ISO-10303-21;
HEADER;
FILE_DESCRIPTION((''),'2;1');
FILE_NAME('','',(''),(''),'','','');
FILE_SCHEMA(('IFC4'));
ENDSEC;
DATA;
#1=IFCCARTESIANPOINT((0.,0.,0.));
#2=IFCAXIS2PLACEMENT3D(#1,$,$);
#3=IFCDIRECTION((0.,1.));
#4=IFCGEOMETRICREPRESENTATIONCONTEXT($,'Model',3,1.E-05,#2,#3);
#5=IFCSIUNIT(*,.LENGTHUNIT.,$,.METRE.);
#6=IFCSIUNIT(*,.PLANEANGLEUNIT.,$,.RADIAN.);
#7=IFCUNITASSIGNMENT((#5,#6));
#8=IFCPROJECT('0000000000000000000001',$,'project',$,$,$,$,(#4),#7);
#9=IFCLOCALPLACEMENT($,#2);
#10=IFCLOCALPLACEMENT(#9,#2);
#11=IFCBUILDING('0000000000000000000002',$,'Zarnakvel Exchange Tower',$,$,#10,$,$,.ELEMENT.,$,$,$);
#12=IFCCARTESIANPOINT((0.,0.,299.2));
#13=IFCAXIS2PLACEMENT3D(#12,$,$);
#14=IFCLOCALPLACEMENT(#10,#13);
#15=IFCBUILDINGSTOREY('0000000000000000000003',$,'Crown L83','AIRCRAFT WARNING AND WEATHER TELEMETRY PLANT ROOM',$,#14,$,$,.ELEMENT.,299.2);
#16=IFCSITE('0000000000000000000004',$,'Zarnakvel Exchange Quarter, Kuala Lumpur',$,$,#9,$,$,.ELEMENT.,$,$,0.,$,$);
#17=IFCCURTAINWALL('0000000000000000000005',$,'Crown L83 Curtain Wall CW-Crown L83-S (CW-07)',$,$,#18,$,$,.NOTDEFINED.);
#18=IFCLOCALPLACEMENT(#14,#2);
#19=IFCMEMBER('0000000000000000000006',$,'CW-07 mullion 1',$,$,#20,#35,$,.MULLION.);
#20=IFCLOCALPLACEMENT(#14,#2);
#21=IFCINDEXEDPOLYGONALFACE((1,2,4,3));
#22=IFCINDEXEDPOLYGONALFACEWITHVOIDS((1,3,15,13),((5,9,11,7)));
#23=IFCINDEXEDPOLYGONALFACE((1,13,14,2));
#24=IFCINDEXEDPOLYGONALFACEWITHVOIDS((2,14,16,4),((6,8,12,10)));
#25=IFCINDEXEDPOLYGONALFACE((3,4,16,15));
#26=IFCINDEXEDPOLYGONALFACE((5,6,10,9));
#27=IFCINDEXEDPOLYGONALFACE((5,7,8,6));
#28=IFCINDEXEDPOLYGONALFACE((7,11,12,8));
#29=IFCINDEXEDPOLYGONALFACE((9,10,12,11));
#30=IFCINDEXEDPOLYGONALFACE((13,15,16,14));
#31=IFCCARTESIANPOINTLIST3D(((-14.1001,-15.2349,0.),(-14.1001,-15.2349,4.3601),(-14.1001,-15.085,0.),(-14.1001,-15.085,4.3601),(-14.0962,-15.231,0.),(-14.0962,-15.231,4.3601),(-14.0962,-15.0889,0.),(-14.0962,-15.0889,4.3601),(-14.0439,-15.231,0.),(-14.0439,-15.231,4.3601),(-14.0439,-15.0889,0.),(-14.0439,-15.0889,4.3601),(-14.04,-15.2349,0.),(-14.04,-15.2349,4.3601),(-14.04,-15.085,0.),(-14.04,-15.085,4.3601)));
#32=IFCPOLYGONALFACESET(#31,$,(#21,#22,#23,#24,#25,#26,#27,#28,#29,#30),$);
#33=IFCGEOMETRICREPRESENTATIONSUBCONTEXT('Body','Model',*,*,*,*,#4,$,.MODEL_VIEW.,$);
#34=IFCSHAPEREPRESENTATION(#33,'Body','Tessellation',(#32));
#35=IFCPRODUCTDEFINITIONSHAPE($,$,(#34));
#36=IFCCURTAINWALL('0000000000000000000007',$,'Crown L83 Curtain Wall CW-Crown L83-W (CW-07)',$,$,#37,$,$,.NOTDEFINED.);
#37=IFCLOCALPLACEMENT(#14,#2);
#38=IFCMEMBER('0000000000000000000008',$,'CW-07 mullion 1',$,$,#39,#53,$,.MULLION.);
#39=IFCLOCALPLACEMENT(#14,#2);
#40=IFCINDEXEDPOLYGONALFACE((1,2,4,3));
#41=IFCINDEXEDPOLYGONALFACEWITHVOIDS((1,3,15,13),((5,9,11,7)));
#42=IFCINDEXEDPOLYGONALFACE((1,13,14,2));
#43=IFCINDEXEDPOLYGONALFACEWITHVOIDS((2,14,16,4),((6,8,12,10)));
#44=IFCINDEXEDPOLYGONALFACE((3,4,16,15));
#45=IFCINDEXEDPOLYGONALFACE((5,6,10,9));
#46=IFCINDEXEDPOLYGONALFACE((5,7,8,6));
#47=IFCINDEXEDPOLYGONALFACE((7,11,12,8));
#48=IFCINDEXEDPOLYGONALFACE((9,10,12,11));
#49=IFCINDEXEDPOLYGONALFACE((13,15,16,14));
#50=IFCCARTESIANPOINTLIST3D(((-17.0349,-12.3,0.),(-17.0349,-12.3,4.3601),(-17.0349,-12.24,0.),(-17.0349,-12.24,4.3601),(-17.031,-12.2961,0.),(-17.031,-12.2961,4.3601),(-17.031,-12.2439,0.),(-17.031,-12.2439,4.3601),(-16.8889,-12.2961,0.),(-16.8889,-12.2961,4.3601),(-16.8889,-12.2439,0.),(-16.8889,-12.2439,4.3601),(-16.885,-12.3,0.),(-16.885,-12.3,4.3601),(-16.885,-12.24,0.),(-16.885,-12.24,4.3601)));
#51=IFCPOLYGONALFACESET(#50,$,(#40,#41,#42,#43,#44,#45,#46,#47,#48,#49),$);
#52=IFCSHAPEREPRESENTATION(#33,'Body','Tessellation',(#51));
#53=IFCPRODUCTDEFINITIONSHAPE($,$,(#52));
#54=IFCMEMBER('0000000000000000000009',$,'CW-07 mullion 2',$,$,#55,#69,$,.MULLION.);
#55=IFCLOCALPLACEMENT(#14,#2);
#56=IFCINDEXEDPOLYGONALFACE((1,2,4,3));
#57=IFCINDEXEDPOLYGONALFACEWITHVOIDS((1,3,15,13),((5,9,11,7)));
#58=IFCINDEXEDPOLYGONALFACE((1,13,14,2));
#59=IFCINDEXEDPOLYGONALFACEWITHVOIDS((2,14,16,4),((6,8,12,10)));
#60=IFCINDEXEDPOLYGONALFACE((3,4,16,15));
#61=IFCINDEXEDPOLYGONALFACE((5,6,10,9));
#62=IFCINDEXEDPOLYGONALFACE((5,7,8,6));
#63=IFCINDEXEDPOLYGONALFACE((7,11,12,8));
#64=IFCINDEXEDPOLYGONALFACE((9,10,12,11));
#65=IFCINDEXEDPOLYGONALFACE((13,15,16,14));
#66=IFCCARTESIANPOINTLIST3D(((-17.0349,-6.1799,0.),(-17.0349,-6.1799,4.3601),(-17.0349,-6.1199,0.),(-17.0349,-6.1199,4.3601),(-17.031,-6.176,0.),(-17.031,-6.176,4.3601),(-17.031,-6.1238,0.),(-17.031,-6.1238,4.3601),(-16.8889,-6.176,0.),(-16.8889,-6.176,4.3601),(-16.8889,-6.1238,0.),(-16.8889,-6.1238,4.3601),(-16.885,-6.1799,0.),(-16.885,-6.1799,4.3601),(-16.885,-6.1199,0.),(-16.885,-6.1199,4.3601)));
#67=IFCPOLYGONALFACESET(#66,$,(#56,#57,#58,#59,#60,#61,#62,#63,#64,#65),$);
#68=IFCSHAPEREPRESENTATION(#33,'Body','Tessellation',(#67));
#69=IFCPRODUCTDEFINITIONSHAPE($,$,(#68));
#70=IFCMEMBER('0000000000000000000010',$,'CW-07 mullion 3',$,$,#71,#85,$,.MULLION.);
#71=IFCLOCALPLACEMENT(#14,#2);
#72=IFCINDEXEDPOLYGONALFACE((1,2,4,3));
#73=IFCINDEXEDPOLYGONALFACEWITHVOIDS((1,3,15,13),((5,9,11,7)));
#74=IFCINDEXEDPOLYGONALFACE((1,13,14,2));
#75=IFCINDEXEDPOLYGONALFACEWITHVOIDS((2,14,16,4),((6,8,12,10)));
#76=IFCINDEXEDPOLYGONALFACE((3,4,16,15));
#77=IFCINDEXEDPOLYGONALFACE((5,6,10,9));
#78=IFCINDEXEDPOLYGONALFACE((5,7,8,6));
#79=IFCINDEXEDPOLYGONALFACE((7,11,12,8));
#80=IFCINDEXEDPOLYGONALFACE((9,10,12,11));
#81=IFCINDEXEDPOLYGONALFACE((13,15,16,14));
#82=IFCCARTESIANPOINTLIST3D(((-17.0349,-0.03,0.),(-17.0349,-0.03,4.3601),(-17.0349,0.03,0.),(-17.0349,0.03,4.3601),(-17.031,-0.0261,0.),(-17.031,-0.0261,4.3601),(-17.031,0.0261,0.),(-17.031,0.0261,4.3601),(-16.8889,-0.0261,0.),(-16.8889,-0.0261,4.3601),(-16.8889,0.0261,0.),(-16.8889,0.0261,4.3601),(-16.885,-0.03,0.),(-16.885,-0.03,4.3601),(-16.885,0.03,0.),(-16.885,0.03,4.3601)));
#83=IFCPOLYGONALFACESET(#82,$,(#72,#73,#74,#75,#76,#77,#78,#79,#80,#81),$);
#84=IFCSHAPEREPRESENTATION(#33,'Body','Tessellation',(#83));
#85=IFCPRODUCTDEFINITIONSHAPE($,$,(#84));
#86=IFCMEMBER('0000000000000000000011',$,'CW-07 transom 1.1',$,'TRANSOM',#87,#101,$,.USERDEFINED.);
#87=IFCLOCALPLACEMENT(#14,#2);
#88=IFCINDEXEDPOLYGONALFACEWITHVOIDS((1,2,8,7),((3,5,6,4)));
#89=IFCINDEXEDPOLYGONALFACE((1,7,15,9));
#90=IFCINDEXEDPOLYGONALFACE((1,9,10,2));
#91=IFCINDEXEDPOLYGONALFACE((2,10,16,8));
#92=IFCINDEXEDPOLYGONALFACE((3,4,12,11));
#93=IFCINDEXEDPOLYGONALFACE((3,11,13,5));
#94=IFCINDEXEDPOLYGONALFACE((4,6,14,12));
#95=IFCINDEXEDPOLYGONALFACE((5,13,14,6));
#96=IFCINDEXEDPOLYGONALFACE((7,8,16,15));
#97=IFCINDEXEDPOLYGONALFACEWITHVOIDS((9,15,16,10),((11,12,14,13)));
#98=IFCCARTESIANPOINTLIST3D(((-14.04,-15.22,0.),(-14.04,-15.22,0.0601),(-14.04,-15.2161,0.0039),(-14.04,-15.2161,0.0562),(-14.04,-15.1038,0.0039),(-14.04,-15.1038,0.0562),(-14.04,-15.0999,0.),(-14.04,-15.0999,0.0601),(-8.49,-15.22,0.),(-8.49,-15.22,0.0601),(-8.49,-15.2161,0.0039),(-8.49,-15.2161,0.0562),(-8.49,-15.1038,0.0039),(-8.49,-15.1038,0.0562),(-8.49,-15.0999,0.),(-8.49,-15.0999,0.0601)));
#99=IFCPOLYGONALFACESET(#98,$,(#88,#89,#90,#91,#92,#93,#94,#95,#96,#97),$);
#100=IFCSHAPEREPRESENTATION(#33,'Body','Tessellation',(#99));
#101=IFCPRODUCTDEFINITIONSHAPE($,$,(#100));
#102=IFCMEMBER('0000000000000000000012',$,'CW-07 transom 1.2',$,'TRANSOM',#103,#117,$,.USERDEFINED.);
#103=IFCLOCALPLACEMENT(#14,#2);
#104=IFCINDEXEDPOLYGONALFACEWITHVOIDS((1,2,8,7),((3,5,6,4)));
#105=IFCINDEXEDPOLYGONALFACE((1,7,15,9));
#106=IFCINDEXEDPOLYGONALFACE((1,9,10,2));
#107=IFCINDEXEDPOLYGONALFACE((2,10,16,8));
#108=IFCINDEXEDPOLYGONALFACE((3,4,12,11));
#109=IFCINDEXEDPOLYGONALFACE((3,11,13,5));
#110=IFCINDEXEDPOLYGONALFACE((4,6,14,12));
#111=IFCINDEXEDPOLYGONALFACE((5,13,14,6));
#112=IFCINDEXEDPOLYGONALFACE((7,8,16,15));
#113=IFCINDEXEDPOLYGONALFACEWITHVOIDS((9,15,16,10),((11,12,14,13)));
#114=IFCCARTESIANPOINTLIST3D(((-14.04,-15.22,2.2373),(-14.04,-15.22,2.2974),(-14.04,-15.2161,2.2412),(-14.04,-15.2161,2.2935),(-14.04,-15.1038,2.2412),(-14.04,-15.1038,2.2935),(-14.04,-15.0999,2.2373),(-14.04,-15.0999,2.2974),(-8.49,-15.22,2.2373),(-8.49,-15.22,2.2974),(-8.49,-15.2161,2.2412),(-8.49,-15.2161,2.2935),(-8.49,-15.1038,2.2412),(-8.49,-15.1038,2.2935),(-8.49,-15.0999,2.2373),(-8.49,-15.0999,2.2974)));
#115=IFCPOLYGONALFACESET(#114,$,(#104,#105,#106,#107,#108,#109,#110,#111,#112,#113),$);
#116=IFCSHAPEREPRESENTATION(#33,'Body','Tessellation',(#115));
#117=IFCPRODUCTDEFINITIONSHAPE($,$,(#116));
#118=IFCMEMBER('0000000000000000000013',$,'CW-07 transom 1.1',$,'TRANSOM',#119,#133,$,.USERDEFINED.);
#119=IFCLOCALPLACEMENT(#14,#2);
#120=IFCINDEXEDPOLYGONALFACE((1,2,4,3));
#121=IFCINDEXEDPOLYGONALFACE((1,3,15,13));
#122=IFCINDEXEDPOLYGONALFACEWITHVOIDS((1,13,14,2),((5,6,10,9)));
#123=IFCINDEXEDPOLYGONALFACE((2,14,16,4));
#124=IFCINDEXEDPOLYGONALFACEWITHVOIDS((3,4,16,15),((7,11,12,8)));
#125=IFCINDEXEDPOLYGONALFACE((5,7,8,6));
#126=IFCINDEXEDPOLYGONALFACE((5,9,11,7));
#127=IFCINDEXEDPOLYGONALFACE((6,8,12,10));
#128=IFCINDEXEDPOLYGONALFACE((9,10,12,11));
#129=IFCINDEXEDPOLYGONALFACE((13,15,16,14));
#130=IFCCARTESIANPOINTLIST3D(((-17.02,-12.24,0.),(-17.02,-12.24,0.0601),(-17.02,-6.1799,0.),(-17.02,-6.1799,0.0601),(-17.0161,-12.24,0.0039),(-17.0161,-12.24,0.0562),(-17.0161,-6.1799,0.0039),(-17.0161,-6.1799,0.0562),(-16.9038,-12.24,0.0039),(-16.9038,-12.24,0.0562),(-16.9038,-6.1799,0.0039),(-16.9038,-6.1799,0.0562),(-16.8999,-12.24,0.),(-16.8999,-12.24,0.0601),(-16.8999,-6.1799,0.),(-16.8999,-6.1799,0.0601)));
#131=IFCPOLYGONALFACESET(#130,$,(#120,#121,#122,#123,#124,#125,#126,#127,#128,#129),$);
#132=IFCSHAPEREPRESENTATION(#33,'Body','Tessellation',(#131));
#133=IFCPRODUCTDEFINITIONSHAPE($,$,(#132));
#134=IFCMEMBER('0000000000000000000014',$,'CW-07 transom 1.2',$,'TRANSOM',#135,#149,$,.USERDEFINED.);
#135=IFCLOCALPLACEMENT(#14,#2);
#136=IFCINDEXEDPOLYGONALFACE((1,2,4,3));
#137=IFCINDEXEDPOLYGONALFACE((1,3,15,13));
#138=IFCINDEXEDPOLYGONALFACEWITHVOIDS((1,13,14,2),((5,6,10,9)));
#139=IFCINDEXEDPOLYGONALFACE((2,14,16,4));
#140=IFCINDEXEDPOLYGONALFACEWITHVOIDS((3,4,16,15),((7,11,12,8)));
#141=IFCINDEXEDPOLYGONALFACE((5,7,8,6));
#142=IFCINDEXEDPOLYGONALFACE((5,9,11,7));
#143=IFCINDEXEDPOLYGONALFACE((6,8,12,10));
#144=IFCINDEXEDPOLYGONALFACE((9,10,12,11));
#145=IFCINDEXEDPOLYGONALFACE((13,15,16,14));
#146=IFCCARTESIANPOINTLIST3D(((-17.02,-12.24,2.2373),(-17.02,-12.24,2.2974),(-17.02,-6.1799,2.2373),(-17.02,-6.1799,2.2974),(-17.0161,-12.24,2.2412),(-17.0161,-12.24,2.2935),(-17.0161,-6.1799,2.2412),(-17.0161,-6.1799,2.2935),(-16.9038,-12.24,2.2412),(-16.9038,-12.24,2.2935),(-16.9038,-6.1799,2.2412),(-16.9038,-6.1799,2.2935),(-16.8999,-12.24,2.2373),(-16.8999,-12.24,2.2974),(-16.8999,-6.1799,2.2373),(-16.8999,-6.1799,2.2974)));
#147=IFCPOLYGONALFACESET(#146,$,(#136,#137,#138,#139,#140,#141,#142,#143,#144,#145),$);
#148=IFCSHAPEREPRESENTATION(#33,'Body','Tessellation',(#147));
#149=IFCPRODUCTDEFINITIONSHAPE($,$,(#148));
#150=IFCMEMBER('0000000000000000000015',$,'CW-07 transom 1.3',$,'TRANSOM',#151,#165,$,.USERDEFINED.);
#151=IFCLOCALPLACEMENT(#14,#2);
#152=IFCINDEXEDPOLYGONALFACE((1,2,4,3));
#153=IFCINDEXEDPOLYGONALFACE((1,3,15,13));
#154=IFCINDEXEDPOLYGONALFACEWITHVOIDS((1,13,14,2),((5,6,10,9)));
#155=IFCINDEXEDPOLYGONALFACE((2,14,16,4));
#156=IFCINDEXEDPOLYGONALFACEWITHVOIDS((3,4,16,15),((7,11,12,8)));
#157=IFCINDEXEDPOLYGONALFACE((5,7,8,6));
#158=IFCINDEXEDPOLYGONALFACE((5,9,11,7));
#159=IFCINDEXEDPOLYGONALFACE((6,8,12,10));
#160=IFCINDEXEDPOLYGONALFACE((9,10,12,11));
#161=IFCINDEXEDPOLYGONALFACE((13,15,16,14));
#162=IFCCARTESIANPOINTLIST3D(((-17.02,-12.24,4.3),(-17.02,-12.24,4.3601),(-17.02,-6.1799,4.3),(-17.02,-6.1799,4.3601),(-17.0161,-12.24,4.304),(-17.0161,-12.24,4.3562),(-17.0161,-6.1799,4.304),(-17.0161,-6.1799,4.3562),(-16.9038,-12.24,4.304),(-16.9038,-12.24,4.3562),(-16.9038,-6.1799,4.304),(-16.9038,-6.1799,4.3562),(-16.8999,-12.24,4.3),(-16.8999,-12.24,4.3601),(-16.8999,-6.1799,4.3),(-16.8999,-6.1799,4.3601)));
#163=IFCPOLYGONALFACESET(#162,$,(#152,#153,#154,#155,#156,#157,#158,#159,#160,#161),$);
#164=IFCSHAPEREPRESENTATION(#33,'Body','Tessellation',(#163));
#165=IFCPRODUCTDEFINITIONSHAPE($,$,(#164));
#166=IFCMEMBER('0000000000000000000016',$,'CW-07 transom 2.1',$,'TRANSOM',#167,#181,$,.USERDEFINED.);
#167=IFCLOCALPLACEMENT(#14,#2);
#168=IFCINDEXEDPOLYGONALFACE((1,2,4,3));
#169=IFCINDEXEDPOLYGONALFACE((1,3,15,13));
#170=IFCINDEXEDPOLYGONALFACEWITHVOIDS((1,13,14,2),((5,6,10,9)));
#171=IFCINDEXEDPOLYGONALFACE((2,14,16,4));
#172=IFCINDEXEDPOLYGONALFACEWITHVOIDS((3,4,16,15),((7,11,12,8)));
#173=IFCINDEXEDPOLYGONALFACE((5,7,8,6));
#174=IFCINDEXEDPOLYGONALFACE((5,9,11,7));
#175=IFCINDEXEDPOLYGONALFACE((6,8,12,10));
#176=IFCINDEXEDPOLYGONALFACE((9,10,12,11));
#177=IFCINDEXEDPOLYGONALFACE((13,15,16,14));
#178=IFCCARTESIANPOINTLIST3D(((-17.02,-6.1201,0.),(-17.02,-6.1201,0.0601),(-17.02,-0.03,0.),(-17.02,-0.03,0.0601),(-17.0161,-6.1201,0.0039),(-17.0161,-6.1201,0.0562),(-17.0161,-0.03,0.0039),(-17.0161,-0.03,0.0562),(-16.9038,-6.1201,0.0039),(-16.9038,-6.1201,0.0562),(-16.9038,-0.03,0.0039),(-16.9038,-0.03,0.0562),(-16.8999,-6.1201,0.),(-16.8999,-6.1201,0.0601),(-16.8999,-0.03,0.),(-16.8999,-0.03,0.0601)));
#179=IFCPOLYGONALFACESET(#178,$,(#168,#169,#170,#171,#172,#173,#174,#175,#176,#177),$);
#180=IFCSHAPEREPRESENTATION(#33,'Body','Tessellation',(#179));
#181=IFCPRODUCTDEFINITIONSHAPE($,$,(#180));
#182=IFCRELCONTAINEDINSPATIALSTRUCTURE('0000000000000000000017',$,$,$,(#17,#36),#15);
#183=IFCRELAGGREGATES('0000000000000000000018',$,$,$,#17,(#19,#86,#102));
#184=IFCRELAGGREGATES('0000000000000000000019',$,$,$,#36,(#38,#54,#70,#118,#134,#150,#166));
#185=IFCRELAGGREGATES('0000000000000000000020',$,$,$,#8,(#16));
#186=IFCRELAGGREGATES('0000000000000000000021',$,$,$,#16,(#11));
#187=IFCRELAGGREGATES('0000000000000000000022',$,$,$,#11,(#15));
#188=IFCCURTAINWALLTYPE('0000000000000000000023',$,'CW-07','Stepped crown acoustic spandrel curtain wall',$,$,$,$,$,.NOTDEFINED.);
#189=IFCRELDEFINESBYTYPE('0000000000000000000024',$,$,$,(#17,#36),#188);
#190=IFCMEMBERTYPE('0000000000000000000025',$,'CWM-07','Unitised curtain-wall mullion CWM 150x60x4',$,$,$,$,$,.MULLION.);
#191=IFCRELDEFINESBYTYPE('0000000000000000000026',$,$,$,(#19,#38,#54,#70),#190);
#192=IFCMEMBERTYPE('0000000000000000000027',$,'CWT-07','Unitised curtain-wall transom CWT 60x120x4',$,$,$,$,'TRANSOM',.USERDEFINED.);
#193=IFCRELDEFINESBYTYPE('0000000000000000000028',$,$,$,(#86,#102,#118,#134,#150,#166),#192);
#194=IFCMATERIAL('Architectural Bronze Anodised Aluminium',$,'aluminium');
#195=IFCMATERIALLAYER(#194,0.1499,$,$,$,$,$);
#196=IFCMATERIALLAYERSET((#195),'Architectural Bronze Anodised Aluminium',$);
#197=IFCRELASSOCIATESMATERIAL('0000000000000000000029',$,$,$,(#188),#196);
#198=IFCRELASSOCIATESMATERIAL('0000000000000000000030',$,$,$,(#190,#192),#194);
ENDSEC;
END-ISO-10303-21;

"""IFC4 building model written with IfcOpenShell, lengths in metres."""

from ifc_helpers import new_model, si_unit, direction, frame, origin, origin_2d, place, context, subcontext, project, spatial, hollow_rectangle, extrude, source, transform, mapped, material, layer, layer_set, material_profile, profile_set, type_object, element, aggregate, save


model = new_model("IFC4")

# Units and contexts
model_context = context("Model", 3, precision=1e-05, world=origin(), true_north=direction((0.0, 1.0)))
body_context = subcontext(model_context, "Body", "Model", "MODEL_VIEW")
ifc_project = project(units=[si_unit("LENGTHUNIT", "METRE"), si_unit("PLANEANGLEUNIT", "RADIAN")], contexts=[model_context])

# Site, building, storey
site_placement = place(None, origin())
site = spatial("IfcSite", under=ifc_project, at=site_placement, Name="Zarnakvel Exchange Quarter, Kuala Lumpur", CompositionType="ELEMENT", RefElevation=0.0)
building_placement = place(site_placement, origin())
building = spatial("IfcBuilding", under=site, at=building_placement, Name="Zarnakvel Exchange Tower", CompositionType="ELEMENT")
storey_placement = place(building_placement, frame((0.0, 0.0, 299.2)))
storey = spatial("IfcBuildingStorey", under=building, at=storey_placement, Name="Crown L83", Description="AIRCRAFT WARNING AND WEATHER TELEMETRY PLANT ROOM", CompositionType="ELEMENT", Elevation=299.2)

# Curtain wall, member
ifc_material_1 = material(Name="Architectural Bronze Anodised Aluminium", Category="aluminium")
ifc_layer_1 = layer(ifc_material_1, 0.1499)
ifc_layer_set_1 = layer_set([ifc_layer_1], Name="Architectural Bronze Anodised Aluminium")
curtain_wall_type = type_object("IfcCurtainWallType", Name="CW-07", Description="Stepped crown acoustic spandrel curtain wall", PredefinedType="NOTDEFINED", material=ifc_layer_set_1)
curtain_wall_1_placement = place(storey_placement, origin())
curtain_wall_1 = element("IfcCurtainWall", 1, at=curtain_wall_1_placement, inside=storey, type_object=curtain_wall_type, Name="Crown L83 Curtain Wall CW-Crown L83-S (CW-07)", PredefinedType="NOTDEFINED")
ifc_material_profile_1 = material_profile(ifc_material_1, hollow_rectangle(XDim=0.1499, YDim=0.0601, WallThickness=0.0039, at=origin_2d()))
ifc_profile_set_1 = profile_set([ifc_material_profile_1], Name="Architectural Bronze Anodised Aluminium")
member_type_1 = type_object("IfcMemberType", Name="CWM-07", Description="Unitised curtain-wall mullion CWM 150x60x4", PredefinedType="MULLION", material=ifc_profile_set_1)
shared_shape_1 = source(origin(), body_context, "Body", "SweptSolid", [
    extrude(hollow_rectangle(XDim=0.1499, YDim=0.0601, WallThickness=0.0039, at=origin_2d()), origin(), (0.0, 0.0, 1.0), 4.3601),
])
member_1_placement = place(storey_placement, frame((-14.0701, -15.1599, 0.0), z_axis=(0.0, 0.0, 1.0), x_axis=(0.0, 1.0, 0.0)))
member_1 = element("IfcMember", 2, at=member_1_placement, type_object=member_type_1, Name="CW-07 mullion 1", PredefinedType="MULLION", context=body_context, shape_type="MappedRepresentation", body=[
    mapped(shared_shape_1, transform((0.0, 0.0, 0.0), x_axis=(1.0, 0.0, 0.0), y_axis=(0.0, 1.0, 0.0), z_axis=(0.0, 0.0, 1.0), scale=1.0)),
])

# Curtain wall, members
curtain_wall_2_placement = place(storey_placement, origin())
curtain_wall_2 = element("IfcCurtainWall", 3, at=curtain_wall_2_placement, inside=storey, type_object=curtain_wall_type, Name="Crown L83 Curtain Wall CW-Crown L83-W (CW-07)", PredefinedType="NOTDEFINED")
member_2_placement = place(storey_placement, frame((-16.96, -12.27, 0.0), z_axis=(0.0, 0.0, 1.0), x_axis=(-1.0, 0.0, 0.0)))
member_2 = element("IfcMember", 4, at=member_2_placement, type_object=member_type_1, Name="CW-07 mullion 1", PredefinedType="MULLION", context=body_context, shape_type="MappedRepresentation", body=[
    mapped(shared_shape_1, transform((0.0, 0.0, 0.0), x_axis=(1.0, 0.0, 0.0), y_axis=(0.0, 1.0, 0.0), z_axis=(0.0, 0.0, 1.0), scale=1.0)),
])
member_3_placement = place(storey_placement, frame((-16.96, -6.1499, 0.0), z_axis=(0.0, 0.0, 1.0), x_axis=(-1.0, 0.0, 0.0)))
member_3 = element("IfcMember", 5, at=member_3_placement, type_object=member_type_1, Name="CW-07 mullion 2", PredefinedType="MULLION", context=body_context, shape_type="MappedRepresentation", body=[
    mapped(shared_shape_1, transform((0.0, 0.0, 0.0), x_axis=(1.0, 0.0, 0.0), y_axis=(0.0, 1.0, 0.0), z_axis=(0.0, 0.0, 1.0), scale=1.0)),
])
member_4_placement = place(storey_placement, frame((-16.96, 0.0, 0.0), z_axis=(0.0, 0.0, 1.0), x_axis=(-1.0, 0.0, 0.0)))
member_4 = element("IfcMember", 6, at=member_4_placement, type_object=member_type_1, Name="CW-07 mullion 3", PredefinedType="MULLION", context=body_context, shape_type="MappedRepresentation", body=[
    mapped(shared_shape_1, transform((0.0, 0.0, 0.0), x_axis=(1.0, 0.0, 0.0), y_axis=(0.0, 1.0, 0.0), z_axis=(0.0, 0.0, 1.0), scale=1.0)),
])

# Members
ifc_material_profile_2 = material_profile(ifc_material_1, hollow_rectangle(XDim=0.1201, YDim=0.0601, WallThickness=0.0039, at=origin_2d()))
ifc_profile_set_2 = profile_set([ifc_material_profile_2], Name="Architectural Bronze Anodised Aluminium")
member_type_2 = type_object("IfcMemberType", Name="CWT-07", Description="Unitised curtain-wall transom CWT 60x120x4", ElementType="TRANSOM", PredefinedType="USERDEFINED", material=ifc_profile_set_2)
shared_shape_2 = source(origin(), body_context, "Body", "SweptSolid", [
    extrude(hollow_rectangle(XDim=0.1201, YDim=0.0601, WallThickness=0.0039, at=origin_2d()), origin(), (0.0, 0.0, 1.0), 5.55),
])
member_5_placement = place(storey_placement, frame((-14.04, -15.1599, 0.03), z_axis=(1.0, 0.0, 0.0), x_axis=(0.0, 1.0, 0.0)))
member_5 = element("IfcMember", 7, at=member_5_placement, type_object=member_type_2, Name="CW-07 transom 1.1", ObjectType="TRANSOM", PredefinedType="USERDEFINED", context=body_context, shape_type="MappedRepresentation", body=[
    mapped(shared_shape_2, transform((0.0, 0.0, 0.0), x_axis=(1.0, 0.0, 0.0), y_axis=(0.0, 1.0, 0.0), z_axis=(0.0, 0.0, 1.0), scale=1.0)),
])
member_6_placement = place(storey_placement, frame((-14.04, -15.1599, 2.2673), z_axis=(1.0, 0.0, 0.0), x_axis=(0.0, 1.0, 0.0)))
member_6 = element("IfcMember", 8, at=member_6_placement, type_object=member_type_2, Name="CW-07 transom 1.2", ObjectType="TRANSOM", PredefinedType="USERDEFINED", context=body_context, shape_type="MappedRepresentation", body=[
    mapped(shared_shape_2, transform((0.0, 0.0, 0.0), x_axis=(1.0, 0.0, 0.0), y_axis=(0.0, 1.0, 0.0), z_axis=(0.0, 0.0, 1.0), scale=1.0)),
])
aggregate(curtain_wall_1, [member_1, member_5, member_6])
shared_shape_3 = source(origin(), body_context, "Body", "SweptSolid", [
    extrude(hollow_rectangle(XDim=0.1201, YDim=0.0601, WallThickness=0.0039, at=origin_2d()), origin(), (0.0, 0.0, 1.0), 6.0601),
])
member_7_placement = place(storey_placement, frame((-16.96, -12.24, 0.03), z_axis=(0.0, 1.0, 0.0), x_axis=(-1.0, 0.0, 0.0)))
member_7 = element("IfcMember", 9, at=member_7_placement, type_object=member_type_2, Name="CW-07 transom 1.1", ObjectType="TRANSOM", PredefinedType="USERDEFINED", context=body_context, shape_type="MappedRepresentation", body=[
    mapped(shared_shape_3, transform((0.0, 0.0, 0.0), x_axis=(1.0, 0.0, 0.0), y_axis=(0.0, 1.0, 0.0), z_axis=(0.0, 0.0, 1.0), scale=1.0)),
])
member_8_placement = place(storey_placement, frame((-16.96, -12.24, 2.2673), z_axis=(0.0, 1.0, 0.0), x_axis=(-1.0, 0.0, 0.0)))
member_8 = element("IfcMember", 10, at=member_8_placement, type_object=member_type_2, Name="CW-07 transom 1.2", ObjectType="TRANSOM", PredefinedType="USERDEFINED", context=body_context, shape_type="MappedRepresentation", body=[
    mapped(shared_shape_3, transform((0.0, 0.0, 0.0), x_axis=(1.0, 0.0, 0.0), y_axis=(0.0, 1.0, 0.0), z_axis=(0.0, 0.0, 1.0), scale=1.0)),
])
member_9_placement = place(storey_placement, frame((-16.96, -12.24, 4.3301), z_axis=(0.0, 1.0, 0.0), x_axis=(-1.0, 0.0, 0.0)))
member_9 = element("IfcMember", 11, at=member_9_placement, type_object=member_type_2, Name="CW-07 transom 1.3", ObjectType="TRANSOM", PredefinedType="USERDEFINED", context=body_context, shape_type="MappedRepresentation", body=[
    mapped(shared_shape_3, transform((0.0, 0.0, 0.0), x_axis=(1.0, 0.0, 0.0), y_axis=(0.0, 1.0, 0.0), z_axis=(0.0, 0.0, 1.0), scale=1.0)),
])
shared_shape_4 = source(origin(), body_context, "Body", "SweptSolid", [
    extrude(hollow_rectangle(XDim=0.1201, YDim=0.0601, WallThickness=0.0039, at=origin_2d()), origin(), (0.0, 0.0, 1.0), 6.0901),
])
member_10_placement = place(storey_placement, frame((-16.96, -6.1201, 0.03), z_axis=(0.0, 1.0, 0.0), x_axis=(-1.0, 0.0, 0.0)))
member_10 = element("IfcMember", 12, at=member_10_placement, type_object=member_type_2, Name="CW-07 transom 2.1", ObjectType="TRANSOM", PredefinedType="USERDEFINED", context=body_context, shape_type="MappedRepresentation", body=[
    mapped(shared_shape_4, transform((0.0, 0.0, 0.0), x_axis=(1.0, 0.0, 0.0), y_axis=(0.0, 1.0, 0.0), z_axis=(0.0, 0.0, 1.0), scale=1.0)),
])

aggregate(curtain_wall_2, [member_2, member_3, member_4, member_7, member_8, member_9, member_10])

save(model, "model.ifc")
